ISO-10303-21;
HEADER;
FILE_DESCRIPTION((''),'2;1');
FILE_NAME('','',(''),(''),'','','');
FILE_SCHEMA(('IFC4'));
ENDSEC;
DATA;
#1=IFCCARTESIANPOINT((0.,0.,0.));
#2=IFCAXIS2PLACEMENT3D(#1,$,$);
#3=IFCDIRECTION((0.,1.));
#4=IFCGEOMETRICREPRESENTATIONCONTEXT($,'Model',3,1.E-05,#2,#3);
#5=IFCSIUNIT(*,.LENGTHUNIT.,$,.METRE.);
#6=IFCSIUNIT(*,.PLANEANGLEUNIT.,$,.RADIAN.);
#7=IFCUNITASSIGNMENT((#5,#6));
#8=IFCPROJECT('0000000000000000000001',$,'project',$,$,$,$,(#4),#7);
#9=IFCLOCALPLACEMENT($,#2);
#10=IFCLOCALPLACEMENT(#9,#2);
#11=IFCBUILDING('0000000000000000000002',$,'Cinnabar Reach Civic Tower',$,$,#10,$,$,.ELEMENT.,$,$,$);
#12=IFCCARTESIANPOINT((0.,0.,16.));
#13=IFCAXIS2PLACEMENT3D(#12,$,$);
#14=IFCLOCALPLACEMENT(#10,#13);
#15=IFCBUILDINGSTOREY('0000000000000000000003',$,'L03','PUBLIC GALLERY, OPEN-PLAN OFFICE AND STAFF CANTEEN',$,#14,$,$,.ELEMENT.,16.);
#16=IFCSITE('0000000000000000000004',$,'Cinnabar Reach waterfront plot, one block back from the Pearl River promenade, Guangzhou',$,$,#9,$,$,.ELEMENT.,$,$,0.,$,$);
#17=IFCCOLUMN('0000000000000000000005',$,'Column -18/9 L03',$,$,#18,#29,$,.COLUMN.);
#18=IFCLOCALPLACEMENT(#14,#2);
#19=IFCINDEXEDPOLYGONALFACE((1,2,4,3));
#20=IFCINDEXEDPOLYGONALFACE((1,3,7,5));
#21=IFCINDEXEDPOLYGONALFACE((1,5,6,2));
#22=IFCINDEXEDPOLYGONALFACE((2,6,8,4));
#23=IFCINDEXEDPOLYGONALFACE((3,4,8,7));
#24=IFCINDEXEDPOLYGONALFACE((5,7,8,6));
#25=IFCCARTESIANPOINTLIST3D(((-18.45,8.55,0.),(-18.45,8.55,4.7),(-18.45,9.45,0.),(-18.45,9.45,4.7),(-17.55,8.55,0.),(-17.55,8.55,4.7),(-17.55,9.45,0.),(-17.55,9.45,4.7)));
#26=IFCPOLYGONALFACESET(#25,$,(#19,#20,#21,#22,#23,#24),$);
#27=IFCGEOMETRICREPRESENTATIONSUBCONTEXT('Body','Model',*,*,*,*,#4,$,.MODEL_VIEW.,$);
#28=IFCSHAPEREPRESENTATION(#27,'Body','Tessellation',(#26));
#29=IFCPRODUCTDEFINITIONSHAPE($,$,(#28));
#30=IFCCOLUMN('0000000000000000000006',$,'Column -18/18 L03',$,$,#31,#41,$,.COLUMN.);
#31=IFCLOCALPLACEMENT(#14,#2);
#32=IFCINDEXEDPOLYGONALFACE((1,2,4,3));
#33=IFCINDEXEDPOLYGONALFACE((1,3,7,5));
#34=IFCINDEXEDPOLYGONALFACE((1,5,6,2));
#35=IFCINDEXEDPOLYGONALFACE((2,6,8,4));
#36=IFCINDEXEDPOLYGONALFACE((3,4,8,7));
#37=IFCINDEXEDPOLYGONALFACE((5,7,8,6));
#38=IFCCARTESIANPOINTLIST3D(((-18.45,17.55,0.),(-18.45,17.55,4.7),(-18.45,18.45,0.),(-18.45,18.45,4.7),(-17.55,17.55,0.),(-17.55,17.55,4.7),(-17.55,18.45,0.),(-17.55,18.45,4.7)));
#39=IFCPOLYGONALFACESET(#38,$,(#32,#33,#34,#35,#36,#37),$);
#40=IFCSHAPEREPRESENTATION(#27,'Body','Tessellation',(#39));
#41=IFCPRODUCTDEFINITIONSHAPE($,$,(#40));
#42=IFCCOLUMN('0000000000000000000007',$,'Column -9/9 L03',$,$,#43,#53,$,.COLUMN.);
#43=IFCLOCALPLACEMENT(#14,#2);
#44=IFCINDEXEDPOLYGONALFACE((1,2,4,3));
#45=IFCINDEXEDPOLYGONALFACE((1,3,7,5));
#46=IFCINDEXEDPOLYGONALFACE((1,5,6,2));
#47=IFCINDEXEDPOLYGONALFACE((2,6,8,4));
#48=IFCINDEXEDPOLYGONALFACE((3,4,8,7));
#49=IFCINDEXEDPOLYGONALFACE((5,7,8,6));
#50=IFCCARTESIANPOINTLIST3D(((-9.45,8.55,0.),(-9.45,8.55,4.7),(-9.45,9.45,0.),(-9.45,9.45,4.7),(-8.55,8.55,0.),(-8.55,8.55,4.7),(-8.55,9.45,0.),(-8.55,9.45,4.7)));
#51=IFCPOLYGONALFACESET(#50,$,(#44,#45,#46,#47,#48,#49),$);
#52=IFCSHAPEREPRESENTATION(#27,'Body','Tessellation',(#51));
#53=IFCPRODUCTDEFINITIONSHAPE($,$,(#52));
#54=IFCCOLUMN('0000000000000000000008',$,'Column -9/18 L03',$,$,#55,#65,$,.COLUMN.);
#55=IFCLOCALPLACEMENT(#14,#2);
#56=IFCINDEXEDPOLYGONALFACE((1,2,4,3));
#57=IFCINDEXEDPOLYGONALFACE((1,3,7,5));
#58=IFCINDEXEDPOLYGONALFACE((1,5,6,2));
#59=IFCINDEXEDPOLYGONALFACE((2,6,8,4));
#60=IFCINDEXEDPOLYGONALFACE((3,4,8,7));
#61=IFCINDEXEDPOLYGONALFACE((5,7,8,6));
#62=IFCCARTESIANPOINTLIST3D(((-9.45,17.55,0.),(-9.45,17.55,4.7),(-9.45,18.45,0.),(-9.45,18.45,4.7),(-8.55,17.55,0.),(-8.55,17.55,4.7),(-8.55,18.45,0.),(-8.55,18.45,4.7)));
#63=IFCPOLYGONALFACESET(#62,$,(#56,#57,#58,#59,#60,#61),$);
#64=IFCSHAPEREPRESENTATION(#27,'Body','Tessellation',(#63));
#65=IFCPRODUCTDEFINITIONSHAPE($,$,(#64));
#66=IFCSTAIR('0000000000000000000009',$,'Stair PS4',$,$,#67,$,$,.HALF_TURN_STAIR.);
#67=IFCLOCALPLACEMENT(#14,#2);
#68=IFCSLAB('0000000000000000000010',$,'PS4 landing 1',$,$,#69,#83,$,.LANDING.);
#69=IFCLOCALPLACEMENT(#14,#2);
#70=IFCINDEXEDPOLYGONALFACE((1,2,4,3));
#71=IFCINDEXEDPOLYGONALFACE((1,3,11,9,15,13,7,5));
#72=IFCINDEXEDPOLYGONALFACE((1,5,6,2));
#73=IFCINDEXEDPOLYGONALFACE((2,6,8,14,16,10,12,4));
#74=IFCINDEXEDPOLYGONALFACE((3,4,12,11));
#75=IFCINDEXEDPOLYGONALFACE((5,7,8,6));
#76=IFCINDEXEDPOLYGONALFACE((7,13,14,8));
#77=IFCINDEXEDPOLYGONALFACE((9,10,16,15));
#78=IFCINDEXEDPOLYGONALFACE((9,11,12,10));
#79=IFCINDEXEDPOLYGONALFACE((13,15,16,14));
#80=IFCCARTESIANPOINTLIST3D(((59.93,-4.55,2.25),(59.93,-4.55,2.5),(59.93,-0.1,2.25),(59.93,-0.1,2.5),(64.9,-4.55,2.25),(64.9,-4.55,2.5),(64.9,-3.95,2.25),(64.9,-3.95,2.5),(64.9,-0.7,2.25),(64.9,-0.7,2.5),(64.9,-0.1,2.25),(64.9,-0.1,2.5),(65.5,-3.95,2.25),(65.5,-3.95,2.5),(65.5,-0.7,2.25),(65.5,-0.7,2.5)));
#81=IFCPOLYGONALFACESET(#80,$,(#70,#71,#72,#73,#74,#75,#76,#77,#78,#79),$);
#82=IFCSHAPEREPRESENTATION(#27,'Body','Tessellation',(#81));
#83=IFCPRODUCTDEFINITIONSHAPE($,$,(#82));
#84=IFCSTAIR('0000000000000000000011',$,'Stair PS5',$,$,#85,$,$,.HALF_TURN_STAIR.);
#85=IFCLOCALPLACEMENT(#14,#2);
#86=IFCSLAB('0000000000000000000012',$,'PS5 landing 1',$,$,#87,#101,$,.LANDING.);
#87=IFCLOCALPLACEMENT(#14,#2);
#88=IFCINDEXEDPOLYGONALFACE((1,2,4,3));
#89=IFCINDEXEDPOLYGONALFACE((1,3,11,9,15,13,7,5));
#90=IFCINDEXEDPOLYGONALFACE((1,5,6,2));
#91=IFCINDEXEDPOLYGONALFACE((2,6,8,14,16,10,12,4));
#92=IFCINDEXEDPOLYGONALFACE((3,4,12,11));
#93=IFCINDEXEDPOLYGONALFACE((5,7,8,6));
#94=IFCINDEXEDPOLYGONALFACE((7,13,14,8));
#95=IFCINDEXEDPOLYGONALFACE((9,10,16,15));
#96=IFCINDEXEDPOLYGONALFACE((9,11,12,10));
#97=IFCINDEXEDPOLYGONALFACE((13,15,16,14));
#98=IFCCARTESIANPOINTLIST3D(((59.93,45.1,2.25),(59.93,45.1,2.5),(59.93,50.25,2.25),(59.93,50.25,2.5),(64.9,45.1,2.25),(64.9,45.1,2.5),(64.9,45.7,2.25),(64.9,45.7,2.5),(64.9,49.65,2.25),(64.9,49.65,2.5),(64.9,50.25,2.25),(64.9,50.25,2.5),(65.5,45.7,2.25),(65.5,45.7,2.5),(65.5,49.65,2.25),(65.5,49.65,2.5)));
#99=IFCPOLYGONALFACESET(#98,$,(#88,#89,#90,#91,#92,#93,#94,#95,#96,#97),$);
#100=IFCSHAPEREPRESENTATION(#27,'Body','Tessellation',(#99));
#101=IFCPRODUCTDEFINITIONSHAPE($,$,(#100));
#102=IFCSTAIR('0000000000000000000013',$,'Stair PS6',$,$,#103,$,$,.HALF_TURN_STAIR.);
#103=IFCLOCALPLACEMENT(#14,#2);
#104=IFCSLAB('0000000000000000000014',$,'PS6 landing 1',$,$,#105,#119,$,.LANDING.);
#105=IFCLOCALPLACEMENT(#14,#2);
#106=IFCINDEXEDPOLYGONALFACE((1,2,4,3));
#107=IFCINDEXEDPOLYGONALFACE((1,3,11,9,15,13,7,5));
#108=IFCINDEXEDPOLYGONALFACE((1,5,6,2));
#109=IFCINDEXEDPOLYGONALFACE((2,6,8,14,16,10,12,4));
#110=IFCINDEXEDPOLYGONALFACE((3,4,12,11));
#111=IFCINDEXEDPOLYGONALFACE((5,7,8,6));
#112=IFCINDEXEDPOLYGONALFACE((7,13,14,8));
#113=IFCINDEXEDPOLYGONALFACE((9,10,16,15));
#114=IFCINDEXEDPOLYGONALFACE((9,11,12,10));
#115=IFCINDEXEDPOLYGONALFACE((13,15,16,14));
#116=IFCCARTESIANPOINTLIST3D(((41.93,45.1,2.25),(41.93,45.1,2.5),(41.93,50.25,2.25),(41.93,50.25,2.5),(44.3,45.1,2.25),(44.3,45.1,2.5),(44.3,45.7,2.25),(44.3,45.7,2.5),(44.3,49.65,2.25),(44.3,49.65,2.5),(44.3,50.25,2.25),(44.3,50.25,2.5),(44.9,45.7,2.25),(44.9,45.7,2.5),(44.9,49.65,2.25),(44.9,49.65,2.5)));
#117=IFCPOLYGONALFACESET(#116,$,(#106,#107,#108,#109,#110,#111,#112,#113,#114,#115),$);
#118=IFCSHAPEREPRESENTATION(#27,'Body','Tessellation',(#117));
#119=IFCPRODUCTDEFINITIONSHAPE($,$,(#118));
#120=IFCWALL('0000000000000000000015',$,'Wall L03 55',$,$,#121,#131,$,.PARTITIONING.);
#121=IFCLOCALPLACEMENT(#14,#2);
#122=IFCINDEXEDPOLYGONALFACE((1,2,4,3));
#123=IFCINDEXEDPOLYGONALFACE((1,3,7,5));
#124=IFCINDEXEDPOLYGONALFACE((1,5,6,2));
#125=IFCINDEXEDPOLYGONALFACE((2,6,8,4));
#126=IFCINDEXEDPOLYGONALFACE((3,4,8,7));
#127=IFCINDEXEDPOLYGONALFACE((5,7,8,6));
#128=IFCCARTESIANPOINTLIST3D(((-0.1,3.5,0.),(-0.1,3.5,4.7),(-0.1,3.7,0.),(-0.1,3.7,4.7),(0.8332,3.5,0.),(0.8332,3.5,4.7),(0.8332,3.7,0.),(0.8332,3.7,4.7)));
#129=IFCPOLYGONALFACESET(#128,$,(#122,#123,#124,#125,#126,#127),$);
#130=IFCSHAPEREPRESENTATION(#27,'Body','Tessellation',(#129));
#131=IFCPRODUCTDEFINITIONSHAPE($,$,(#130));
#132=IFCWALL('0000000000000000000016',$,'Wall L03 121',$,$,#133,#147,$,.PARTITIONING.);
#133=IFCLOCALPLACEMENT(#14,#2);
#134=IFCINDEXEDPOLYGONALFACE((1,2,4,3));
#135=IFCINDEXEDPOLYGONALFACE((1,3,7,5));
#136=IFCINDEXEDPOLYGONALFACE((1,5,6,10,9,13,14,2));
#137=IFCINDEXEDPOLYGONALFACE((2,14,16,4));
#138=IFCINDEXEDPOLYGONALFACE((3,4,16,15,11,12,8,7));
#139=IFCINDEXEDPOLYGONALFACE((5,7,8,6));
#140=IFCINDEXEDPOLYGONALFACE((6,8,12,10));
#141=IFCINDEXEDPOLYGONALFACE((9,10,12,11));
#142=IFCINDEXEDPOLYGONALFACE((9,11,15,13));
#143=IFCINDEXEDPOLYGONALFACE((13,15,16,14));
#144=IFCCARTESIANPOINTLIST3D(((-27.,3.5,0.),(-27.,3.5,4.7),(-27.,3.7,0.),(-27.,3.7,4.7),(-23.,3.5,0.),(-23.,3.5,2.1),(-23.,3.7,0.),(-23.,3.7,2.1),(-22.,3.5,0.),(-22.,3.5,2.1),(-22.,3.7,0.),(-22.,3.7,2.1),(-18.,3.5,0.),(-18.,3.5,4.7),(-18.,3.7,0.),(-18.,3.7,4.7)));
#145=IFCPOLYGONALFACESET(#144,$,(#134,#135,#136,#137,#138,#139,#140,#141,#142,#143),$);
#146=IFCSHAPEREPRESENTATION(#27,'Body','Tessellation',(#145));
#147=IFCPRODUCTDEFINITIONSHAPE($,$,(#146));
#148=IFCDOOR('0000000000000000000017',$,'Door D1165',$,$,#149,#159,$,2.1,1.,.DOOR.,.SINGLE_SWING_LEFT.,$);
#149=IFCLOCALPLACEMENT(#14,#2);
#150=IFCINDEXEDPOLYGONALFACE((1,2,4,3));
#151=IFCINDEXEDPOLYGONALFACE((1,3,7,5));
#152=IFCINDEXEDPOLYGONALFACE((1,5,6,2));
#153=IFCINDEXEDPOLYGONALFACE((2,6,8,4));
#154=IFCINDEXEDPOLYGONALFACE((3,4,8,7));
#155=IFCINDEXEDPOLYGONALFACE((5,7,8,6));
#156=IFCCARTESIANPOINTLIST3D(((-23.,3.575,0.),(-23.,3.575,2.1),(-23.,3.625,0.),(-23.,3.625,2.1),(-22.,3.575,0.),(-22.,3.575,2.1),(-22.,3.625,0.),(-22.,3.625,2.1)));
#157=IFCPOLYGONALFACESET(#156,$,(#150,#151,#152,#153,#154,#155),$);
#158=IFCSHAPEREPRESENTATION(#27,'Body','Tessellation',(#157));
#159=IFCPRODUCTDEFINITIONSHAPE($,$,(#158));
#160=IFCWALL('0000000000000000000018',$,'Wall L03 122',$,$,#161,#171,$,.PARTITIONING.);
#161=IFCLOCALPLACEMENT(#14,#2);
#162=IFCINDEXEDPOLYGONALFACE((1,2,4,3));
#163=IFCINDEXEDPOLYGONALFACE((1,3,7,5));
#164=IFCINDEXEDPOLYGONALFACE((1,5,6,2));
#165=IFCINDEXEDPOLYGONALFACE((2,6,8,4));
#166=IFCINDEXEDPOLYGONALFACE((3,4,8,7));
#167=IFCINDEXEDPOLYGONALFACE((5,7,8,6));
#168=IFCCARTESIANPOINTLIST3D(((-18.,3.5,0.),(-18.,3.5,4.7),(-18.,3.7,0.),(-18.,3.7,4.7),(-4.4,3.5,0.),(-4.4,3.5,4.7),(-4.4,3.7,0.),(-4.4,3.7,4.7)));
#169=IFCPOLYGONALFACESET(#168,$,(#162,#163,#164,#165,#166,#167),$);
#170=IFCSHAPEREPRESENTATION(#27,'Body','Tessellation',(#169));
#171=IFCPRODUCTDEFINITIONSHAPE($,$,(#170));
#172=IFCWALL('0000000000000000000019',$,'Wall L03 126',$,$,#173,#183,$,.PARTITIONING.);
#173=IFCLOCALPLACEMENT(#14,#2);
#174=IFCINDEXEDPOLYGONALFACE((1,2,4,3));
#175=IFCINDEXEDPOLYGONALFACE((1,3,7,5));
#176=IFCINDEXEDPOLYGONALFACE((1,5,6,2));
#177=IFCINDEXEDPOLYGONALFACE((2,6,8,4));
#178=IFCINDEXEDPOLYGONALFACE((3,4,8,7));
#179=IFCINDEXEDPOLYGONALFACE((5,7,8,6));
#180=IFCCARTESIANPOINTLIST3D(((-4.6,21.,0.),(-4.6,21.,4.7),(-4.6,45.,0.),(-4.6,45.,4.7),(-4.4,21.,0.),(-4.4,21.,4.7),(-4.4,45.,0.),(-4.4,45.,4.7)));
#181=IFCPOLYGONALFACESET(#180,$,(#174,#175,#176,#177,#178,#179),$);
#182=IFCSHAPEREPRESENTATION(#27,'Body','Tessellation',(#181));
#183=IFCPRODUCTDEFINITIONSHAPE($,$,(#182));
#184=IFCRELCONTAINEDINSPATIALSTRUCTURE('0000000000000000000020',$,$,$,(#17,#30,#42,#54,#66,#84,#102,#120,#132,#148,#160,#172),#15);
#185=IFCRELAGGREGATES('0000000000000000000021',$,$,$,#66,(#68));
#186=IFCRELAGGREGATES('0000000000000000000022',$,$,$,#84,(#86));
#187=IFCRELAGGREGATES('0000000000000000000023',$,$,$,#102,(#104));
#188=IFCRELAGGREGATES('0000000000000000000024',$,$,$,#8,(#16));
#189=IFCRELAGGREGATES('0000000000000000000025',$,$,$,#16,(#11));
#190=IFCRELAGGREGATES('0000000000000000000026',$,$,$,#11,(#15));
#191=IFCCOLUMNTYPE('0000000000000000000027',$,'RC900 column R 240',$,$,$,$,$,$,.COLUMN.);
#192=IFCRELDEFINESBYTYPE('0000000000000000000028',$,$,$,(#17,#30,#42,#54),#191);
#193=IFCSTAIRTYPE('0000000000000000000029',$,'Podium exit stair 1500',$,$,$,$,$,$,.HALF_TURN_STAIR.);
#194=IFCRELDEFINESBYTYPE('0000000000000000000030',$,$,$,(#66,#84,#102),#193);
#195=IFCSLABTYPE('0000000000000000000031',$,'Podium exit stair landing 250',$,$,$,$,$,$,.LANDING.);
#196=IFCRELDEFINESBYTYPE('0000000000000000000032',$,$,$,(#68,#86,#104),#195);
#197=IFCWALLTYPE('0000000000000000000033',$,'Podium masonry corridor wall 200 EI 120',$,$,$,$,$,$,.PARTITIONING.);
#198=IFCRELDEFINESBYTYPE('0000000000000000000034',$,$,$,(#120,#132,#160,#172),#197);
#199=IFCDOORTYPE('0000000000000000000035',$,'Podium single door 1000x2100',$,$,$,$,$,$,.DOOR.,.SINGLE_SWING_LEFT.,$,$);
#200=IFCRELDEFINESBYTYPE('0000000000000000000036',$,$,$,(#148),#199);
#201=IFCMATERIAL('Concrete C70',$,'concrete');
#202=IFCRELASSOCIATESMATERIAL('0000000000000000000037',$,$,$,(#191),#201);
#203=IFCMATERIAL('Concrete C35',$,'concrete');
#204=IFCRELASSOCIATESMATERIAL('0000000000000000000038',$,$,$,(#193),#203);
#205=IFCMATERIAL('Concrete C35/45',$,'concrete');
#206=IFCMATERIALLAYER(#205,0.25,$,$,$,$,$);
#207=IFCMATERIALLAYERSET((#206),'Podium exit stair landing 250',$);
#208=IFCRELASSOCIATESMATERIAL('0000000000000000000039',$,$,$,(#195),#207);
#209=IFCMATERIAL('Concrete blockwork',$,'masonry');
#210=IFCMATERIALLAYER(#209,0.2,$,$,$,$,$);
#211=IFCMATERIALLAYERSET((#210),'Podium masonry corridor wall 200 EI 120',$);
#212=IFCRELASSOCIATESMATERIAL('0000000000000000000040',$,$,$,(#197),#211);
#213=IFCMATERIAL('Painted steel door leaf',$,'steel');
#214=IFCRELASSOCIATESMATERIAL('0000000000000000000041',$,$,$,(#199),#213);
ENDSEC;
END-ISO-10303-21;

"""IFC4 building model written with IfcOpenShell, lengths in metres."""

from ifc_helpers import new_model, si_unit, direction, frame, frame_2d, origin, origin_2d, place, context, subcontext, project, spatial, polyline, rectangle, outline, extrude, material, layer, layer_set, material_profile, profile_set, type_object, element, fill, aggregate, save


model = new_model("IFC4")

# Units and contexts
model_context = context("Model", 3, precision=1e-05, world=origin(), true_north=direction((0.0, 1.0)))
body_context = subcontext(model_context, "Body", "Model", "MODEL_VIEW")
ifc_project = project(units=[si_unit("LENGTHUNIT", "METRE"), si_unit("PLANEANGLEUNIT", "RADIAN")], contexts=[model_context])

# Site, building, storey
site_placement = place(None, origin())
site = spatial("IfcSite", under=ifc_project, at=site_placement, Name="Cinnabar Reach waterfront plot, one block back from the Pearl River promenade, Guangzhou", CompositionType="ELEMENT", RefElevation=0.0)
building_placement = place(site_placement, origin())
building = spatial("IfcBuilding", under=site, at=building_placement, Name="Cinnabar Reach Civic Tower", CompositionType="ELEMENT")
storey_placement = place(building_placement, frame((0.0, 0.0, 16.0)))
storey = spatial("IfcBuildingStorey", under=building, at=storey_placement, Name="L03", Description="PUBLIC GALLERY, OPEN-PLAN OFFICE AND STAFF CANTEEN", CompositionType="ELEMENT", Elevation=16.0)

# Columns
ifc_material_1 = material(Name="Concrete C70", Category="concrete")
ifc_material_profile = material_profile(ifc_material_1, rectangle(XDim=0.9, YDim=0.9, at=origin_2d()), Name="RC900")
ifc_profile_set = profile_set([ifc_material_profile], Name="Concrete C70")
column_type = type_object("IfcColumnType", Name="RC900 column R 240", PredefinedType="COLUMN", material=ifc_profile_set)
for number, where, z_axis, x_axis, name in (
    (1, (-18.0, 9.0, 0.0), (0.0, 0.0, 1.0), (1.0, 0.0, 0.0), "Column -18/9 L03"),
    (2, (-18.0, 18.0, 0.0), (0.0, 0.0, 1.0), (1.0, 0.0, 0.0), "Column -18/18 L03"),
    (3, (-9.0, 9.0, 0.0), (0.0, 0.0, 1.0), (1.0, 0.0, 0.0), "Column -9/9 L03"),
    (4, (-9.0, 18.0, 0.0), (0.0, 0.0, 1.0), (1.0, 0.0, 0.0), "Column -9/18 L03"),
):
    element("IfcColumn", number, at=place(storey_placement, frame(where, z_axis=z_axis, x_axis=x_axis)), inside=storey, type_object=column_type, Name=name, PredefinedType="COLUMN", context=body_context, shape_type="SweptSolid", body=[
        extrude(rectangle(XDim=0.9, YDim=0.9, at=origin_2d()), origin(), (0.0, 0.0, 1.0), 4.7),
    ])

# Stairs, slabs
ifc_material_2 = material(Name="Concrete C35", Category="concrete")
stair_type = type_object("IfcStairType", Name="Podium exit stair 1500", PredefinedType="HALF_TURN_STAIR", material=ifc_material_2)
stair_1_placement = place(storey_placement, origin())
stair_1 = element("IfcStair", 5, at=stair_1_placement, inside=storey, type_object=stair_type, Name="Stair PS4", PredefinedType="HALF_TURN_STAIR")
ifc_material_3 = material(Name="Concrete C35/45", Category="concrete")
ifc_layer_1 = layer(ifc_material_3, 0.25)
ifc_layer_set_1 = layer_set([ifc_layer_1], Name="Podium exit stair landing 250")
slab_type = type_object("IfcSlabType", Name="Podium exit stair landing 250", PredefinedType="LANDING", material=ifc_layer_set_1)
slab_1_placement = place(storey_placement, frame((0.0, 0.0, 2.25)))
slab_1 = element("IfcSlab", 6, at=slab_1_placement, type_object=slab_type, Name="PS4 landing 1", PredefinedType="LANDING", context=body_context, shape_type="SweptSolid", body=[
    extrude(outline(polyline([(65.5, -3.95), (64.9, -3.95), (64.9, -4.55), (59.93, -4.55), (59.93, -0.1), (64.9, -0.1), (64.9, -0.7), (65.5, -0.7), (65.5, -3.95)])), origin(), (0.0, 0.0, 1.0), 0.25),
])
aggregate(stair_1, [slab_1])
stair_2_placement = place(storey_placement, origin())
stair_2 = element("IfcStair", 7, at=stair_2_placement, inside=storey, type_object=stair_type, Name="Stair PS5", PredefinedType="HALF_TURN_STAIR")
slab_2_placement = place(storey_placement, frame((0.0, 0.0, 2.25)))
slab_2 = element("IfcSlab", 8, at=slab_2_placement, type_object=slab_type, Name="PS5 landing 1", PredefinedType="LANDING", context=body_context, shape_type="SweptSolid", body=[
    extrude(outline(polyline([(65.5, 45.7), (64.9, 45.7), (64.9, 45.1), (59.93, 45.1), (59.93, 50.25), (64.9, 50.25), (64.9, 49.65), (65.5, 49.65), (65.5, 45.7)])), origin(), (0.0, 0.0, 1.0), 0.25),
])
aggregate(stair_2, [slab_2])
stair_3_placement = place(storey_placement, origin())
stair_3 = element("IfcStair", 9, at=stair_3_placement, inside=storey, type_object=stair_type, Name="Stair PS6", PredefinedType="HALF_TURN_STAIR")
slab_3_placement = place(storey_placement, frame((0.0, 0.0, 2.25)))
slab_3 = element("IfcSlab", 10, at=slab_3_placement, type_object=slab_type, Name="PS6 landing 1", PredefinedType="LANDING", context=body_context, shape_type="SweptSolid", body=[
    extrude(outline(polyline([(44.9, 45.7), (44.3, 45.7), (44.3, 45.1), (41.93, 45.1), (41.93, 50.25), (44.3, 50.25), (44.3, 49.65), (44.9, 49.65), (44.9, 45.7)])), origin(), (0.0, 0.0, 1.0), 0.25),
])
aggregate(stair_3, [slab_3])

# Wall
ifc_material_4 = material(Name="Concrete blockwork", Category="masonry")
ifc_layer_2 = layer(ifc_material_4, 0.2)
ifc_layer_set_2 = layer_set([ifc_layer_2], Name="Podium masonry corridor wall 200 EI 120")
wall_type_1 = type_object("IfcWallType", Name="Podium masonry corridor wall 200 EI 120", PredefinedType="PARTITIONING", material=ifc_layer_set_2)
wall_1_placement = place(storey_placement, frame((-0.1, 3.6, 0.0), z_axis=(0.0, 0.0, 1.0), x_axis=(1.0, 0.0, 0.0)))
element("IfcWall", 11, at=wall_1_placement, inside=storey, type_object=wall_type_1, Name="Wall L03 55", PredefinedType="PARTITIONING", context=body_context, shape_type="SweptSolid", body=[
    extrude(rectangle(XDim=0.9331, YDim=0.2, at=frame_2d((0.4666, 0.0))), origin(), (0.0, 0.0, 1.0), 4.7),
])

# Wall, opening, door
wall_2_placement = place(storey_placement, frame((-27.0, 3.6, 0.0), z_axis=(0.0, 0.0, 1.0), x_axis=(1.0, 0.0, 0.0)))
wall_2 = element("IfcWall", 12, at=wall_2_placement, inside=storey, type_object=wall_type_1, Name="Wall L03 121", PredefinedType="PARTITIONING", context=body_context, shape_type="SweptSolid", body=[
    extrude(rectangle(XDim=9.0, YDim=0.2, at=frame_2d((4.5, 0.0))), origin(), (0.0, 0.0, 1.0), 4.7),
])
opening_1_placement = place(wall_2_placement, frame((4.0, 0.0, 0.0)))
opening_1 = element("IfcOpeningElement", 13, at=opening_1_placement, cuts=wall_2, PredefinedType="OPENING", context=body_context, shape_type="SweptSolid", body=[
    extrude(rectangle(XDim=1.0, YDim=2.1, at=frame_2d((0.5, 1.05))), frame((0.0, 0.11, 0.0), z_axis=(0.0, -1.0, 0.0), x_axis=(1.0, 0.0, 0.0)), (0.0, 0.0, 1.0), 0.22),
])
ifc_material_5 = material(Name="Painted steel door leaf", Category="steel")
door_type_1 = type_object("IfcDoorType", Name="Podium single door 1000x2100", OperationType="SINGLE_SWING_LEFT", PredefinedType="DOOR", material=ifc_material_5)
door_1_placement = place(opening_1_placement, origin())
door_1 = element("IfcDoor", 14, at=door_1_placement, inside=storey, type_object=door_type_1, Name="Door D1165", OperationType="SINGLE_SWING_LEFT", OverallHeight=2.1, OverallWidth=1.0, PredefinedType="DOOR", context=body_context, shape_type="SweptSolid", body=[
    extrude(rectangle(XDim=1.0, YDim=2.1, at=frame_2d((0.5, 1.05))), frame((0.0, 0.025, 0.0), z_axis=(0.0, -1.0, 0.0), x_axis=(1.0, 0.0, 0.0)), (0.0, 0.0, 1.0), 0.05),
])
fill(opening_1, door_1)

# Walls
wall_3_placement = place(storey_placement, frame((-18.0, 3.6, 0.0), z_axis=(0.0, 0.0, 1.0), x_axis=(1.0, 0.0, 0.0)))
element("IfcWall", 15, at=wall_3_placement, inside=storey, type_object=wall_type_1, Name="Wall L03 122", PredefinedType="PARTITIONING", context=body_context, shape_type="SweptSolid", body=[
    extrude(rectangle(XDim=13.6, YDim=0.2, at=frame_2d((6.8, 0.0))), origin(), (0.0, 0.0, 1.0), 4.7),
])
wall_4_placement = place(storey_placement, frame((-4.5, 21.0, 0.0), z_axis=(0.0, 0.0, 1.0), x_axis=(0.0, 1.0, 0.0)))
element("IfcWall", 16, at=wall_4_placement, inside=storey, type_object=wall_type_1, Name="Wall L03 126", PredefinedType="PARTITIONING", context=body_context, shape_type="SweptSolid", body=[
    extrude(rectangle(XDim=24.0, YDim=0.2, at=frame_2d((12.0, 0.0))), origin(), (0.0, 0.0, 1.0), 4.7),
])

save(model, "model.ifc")
